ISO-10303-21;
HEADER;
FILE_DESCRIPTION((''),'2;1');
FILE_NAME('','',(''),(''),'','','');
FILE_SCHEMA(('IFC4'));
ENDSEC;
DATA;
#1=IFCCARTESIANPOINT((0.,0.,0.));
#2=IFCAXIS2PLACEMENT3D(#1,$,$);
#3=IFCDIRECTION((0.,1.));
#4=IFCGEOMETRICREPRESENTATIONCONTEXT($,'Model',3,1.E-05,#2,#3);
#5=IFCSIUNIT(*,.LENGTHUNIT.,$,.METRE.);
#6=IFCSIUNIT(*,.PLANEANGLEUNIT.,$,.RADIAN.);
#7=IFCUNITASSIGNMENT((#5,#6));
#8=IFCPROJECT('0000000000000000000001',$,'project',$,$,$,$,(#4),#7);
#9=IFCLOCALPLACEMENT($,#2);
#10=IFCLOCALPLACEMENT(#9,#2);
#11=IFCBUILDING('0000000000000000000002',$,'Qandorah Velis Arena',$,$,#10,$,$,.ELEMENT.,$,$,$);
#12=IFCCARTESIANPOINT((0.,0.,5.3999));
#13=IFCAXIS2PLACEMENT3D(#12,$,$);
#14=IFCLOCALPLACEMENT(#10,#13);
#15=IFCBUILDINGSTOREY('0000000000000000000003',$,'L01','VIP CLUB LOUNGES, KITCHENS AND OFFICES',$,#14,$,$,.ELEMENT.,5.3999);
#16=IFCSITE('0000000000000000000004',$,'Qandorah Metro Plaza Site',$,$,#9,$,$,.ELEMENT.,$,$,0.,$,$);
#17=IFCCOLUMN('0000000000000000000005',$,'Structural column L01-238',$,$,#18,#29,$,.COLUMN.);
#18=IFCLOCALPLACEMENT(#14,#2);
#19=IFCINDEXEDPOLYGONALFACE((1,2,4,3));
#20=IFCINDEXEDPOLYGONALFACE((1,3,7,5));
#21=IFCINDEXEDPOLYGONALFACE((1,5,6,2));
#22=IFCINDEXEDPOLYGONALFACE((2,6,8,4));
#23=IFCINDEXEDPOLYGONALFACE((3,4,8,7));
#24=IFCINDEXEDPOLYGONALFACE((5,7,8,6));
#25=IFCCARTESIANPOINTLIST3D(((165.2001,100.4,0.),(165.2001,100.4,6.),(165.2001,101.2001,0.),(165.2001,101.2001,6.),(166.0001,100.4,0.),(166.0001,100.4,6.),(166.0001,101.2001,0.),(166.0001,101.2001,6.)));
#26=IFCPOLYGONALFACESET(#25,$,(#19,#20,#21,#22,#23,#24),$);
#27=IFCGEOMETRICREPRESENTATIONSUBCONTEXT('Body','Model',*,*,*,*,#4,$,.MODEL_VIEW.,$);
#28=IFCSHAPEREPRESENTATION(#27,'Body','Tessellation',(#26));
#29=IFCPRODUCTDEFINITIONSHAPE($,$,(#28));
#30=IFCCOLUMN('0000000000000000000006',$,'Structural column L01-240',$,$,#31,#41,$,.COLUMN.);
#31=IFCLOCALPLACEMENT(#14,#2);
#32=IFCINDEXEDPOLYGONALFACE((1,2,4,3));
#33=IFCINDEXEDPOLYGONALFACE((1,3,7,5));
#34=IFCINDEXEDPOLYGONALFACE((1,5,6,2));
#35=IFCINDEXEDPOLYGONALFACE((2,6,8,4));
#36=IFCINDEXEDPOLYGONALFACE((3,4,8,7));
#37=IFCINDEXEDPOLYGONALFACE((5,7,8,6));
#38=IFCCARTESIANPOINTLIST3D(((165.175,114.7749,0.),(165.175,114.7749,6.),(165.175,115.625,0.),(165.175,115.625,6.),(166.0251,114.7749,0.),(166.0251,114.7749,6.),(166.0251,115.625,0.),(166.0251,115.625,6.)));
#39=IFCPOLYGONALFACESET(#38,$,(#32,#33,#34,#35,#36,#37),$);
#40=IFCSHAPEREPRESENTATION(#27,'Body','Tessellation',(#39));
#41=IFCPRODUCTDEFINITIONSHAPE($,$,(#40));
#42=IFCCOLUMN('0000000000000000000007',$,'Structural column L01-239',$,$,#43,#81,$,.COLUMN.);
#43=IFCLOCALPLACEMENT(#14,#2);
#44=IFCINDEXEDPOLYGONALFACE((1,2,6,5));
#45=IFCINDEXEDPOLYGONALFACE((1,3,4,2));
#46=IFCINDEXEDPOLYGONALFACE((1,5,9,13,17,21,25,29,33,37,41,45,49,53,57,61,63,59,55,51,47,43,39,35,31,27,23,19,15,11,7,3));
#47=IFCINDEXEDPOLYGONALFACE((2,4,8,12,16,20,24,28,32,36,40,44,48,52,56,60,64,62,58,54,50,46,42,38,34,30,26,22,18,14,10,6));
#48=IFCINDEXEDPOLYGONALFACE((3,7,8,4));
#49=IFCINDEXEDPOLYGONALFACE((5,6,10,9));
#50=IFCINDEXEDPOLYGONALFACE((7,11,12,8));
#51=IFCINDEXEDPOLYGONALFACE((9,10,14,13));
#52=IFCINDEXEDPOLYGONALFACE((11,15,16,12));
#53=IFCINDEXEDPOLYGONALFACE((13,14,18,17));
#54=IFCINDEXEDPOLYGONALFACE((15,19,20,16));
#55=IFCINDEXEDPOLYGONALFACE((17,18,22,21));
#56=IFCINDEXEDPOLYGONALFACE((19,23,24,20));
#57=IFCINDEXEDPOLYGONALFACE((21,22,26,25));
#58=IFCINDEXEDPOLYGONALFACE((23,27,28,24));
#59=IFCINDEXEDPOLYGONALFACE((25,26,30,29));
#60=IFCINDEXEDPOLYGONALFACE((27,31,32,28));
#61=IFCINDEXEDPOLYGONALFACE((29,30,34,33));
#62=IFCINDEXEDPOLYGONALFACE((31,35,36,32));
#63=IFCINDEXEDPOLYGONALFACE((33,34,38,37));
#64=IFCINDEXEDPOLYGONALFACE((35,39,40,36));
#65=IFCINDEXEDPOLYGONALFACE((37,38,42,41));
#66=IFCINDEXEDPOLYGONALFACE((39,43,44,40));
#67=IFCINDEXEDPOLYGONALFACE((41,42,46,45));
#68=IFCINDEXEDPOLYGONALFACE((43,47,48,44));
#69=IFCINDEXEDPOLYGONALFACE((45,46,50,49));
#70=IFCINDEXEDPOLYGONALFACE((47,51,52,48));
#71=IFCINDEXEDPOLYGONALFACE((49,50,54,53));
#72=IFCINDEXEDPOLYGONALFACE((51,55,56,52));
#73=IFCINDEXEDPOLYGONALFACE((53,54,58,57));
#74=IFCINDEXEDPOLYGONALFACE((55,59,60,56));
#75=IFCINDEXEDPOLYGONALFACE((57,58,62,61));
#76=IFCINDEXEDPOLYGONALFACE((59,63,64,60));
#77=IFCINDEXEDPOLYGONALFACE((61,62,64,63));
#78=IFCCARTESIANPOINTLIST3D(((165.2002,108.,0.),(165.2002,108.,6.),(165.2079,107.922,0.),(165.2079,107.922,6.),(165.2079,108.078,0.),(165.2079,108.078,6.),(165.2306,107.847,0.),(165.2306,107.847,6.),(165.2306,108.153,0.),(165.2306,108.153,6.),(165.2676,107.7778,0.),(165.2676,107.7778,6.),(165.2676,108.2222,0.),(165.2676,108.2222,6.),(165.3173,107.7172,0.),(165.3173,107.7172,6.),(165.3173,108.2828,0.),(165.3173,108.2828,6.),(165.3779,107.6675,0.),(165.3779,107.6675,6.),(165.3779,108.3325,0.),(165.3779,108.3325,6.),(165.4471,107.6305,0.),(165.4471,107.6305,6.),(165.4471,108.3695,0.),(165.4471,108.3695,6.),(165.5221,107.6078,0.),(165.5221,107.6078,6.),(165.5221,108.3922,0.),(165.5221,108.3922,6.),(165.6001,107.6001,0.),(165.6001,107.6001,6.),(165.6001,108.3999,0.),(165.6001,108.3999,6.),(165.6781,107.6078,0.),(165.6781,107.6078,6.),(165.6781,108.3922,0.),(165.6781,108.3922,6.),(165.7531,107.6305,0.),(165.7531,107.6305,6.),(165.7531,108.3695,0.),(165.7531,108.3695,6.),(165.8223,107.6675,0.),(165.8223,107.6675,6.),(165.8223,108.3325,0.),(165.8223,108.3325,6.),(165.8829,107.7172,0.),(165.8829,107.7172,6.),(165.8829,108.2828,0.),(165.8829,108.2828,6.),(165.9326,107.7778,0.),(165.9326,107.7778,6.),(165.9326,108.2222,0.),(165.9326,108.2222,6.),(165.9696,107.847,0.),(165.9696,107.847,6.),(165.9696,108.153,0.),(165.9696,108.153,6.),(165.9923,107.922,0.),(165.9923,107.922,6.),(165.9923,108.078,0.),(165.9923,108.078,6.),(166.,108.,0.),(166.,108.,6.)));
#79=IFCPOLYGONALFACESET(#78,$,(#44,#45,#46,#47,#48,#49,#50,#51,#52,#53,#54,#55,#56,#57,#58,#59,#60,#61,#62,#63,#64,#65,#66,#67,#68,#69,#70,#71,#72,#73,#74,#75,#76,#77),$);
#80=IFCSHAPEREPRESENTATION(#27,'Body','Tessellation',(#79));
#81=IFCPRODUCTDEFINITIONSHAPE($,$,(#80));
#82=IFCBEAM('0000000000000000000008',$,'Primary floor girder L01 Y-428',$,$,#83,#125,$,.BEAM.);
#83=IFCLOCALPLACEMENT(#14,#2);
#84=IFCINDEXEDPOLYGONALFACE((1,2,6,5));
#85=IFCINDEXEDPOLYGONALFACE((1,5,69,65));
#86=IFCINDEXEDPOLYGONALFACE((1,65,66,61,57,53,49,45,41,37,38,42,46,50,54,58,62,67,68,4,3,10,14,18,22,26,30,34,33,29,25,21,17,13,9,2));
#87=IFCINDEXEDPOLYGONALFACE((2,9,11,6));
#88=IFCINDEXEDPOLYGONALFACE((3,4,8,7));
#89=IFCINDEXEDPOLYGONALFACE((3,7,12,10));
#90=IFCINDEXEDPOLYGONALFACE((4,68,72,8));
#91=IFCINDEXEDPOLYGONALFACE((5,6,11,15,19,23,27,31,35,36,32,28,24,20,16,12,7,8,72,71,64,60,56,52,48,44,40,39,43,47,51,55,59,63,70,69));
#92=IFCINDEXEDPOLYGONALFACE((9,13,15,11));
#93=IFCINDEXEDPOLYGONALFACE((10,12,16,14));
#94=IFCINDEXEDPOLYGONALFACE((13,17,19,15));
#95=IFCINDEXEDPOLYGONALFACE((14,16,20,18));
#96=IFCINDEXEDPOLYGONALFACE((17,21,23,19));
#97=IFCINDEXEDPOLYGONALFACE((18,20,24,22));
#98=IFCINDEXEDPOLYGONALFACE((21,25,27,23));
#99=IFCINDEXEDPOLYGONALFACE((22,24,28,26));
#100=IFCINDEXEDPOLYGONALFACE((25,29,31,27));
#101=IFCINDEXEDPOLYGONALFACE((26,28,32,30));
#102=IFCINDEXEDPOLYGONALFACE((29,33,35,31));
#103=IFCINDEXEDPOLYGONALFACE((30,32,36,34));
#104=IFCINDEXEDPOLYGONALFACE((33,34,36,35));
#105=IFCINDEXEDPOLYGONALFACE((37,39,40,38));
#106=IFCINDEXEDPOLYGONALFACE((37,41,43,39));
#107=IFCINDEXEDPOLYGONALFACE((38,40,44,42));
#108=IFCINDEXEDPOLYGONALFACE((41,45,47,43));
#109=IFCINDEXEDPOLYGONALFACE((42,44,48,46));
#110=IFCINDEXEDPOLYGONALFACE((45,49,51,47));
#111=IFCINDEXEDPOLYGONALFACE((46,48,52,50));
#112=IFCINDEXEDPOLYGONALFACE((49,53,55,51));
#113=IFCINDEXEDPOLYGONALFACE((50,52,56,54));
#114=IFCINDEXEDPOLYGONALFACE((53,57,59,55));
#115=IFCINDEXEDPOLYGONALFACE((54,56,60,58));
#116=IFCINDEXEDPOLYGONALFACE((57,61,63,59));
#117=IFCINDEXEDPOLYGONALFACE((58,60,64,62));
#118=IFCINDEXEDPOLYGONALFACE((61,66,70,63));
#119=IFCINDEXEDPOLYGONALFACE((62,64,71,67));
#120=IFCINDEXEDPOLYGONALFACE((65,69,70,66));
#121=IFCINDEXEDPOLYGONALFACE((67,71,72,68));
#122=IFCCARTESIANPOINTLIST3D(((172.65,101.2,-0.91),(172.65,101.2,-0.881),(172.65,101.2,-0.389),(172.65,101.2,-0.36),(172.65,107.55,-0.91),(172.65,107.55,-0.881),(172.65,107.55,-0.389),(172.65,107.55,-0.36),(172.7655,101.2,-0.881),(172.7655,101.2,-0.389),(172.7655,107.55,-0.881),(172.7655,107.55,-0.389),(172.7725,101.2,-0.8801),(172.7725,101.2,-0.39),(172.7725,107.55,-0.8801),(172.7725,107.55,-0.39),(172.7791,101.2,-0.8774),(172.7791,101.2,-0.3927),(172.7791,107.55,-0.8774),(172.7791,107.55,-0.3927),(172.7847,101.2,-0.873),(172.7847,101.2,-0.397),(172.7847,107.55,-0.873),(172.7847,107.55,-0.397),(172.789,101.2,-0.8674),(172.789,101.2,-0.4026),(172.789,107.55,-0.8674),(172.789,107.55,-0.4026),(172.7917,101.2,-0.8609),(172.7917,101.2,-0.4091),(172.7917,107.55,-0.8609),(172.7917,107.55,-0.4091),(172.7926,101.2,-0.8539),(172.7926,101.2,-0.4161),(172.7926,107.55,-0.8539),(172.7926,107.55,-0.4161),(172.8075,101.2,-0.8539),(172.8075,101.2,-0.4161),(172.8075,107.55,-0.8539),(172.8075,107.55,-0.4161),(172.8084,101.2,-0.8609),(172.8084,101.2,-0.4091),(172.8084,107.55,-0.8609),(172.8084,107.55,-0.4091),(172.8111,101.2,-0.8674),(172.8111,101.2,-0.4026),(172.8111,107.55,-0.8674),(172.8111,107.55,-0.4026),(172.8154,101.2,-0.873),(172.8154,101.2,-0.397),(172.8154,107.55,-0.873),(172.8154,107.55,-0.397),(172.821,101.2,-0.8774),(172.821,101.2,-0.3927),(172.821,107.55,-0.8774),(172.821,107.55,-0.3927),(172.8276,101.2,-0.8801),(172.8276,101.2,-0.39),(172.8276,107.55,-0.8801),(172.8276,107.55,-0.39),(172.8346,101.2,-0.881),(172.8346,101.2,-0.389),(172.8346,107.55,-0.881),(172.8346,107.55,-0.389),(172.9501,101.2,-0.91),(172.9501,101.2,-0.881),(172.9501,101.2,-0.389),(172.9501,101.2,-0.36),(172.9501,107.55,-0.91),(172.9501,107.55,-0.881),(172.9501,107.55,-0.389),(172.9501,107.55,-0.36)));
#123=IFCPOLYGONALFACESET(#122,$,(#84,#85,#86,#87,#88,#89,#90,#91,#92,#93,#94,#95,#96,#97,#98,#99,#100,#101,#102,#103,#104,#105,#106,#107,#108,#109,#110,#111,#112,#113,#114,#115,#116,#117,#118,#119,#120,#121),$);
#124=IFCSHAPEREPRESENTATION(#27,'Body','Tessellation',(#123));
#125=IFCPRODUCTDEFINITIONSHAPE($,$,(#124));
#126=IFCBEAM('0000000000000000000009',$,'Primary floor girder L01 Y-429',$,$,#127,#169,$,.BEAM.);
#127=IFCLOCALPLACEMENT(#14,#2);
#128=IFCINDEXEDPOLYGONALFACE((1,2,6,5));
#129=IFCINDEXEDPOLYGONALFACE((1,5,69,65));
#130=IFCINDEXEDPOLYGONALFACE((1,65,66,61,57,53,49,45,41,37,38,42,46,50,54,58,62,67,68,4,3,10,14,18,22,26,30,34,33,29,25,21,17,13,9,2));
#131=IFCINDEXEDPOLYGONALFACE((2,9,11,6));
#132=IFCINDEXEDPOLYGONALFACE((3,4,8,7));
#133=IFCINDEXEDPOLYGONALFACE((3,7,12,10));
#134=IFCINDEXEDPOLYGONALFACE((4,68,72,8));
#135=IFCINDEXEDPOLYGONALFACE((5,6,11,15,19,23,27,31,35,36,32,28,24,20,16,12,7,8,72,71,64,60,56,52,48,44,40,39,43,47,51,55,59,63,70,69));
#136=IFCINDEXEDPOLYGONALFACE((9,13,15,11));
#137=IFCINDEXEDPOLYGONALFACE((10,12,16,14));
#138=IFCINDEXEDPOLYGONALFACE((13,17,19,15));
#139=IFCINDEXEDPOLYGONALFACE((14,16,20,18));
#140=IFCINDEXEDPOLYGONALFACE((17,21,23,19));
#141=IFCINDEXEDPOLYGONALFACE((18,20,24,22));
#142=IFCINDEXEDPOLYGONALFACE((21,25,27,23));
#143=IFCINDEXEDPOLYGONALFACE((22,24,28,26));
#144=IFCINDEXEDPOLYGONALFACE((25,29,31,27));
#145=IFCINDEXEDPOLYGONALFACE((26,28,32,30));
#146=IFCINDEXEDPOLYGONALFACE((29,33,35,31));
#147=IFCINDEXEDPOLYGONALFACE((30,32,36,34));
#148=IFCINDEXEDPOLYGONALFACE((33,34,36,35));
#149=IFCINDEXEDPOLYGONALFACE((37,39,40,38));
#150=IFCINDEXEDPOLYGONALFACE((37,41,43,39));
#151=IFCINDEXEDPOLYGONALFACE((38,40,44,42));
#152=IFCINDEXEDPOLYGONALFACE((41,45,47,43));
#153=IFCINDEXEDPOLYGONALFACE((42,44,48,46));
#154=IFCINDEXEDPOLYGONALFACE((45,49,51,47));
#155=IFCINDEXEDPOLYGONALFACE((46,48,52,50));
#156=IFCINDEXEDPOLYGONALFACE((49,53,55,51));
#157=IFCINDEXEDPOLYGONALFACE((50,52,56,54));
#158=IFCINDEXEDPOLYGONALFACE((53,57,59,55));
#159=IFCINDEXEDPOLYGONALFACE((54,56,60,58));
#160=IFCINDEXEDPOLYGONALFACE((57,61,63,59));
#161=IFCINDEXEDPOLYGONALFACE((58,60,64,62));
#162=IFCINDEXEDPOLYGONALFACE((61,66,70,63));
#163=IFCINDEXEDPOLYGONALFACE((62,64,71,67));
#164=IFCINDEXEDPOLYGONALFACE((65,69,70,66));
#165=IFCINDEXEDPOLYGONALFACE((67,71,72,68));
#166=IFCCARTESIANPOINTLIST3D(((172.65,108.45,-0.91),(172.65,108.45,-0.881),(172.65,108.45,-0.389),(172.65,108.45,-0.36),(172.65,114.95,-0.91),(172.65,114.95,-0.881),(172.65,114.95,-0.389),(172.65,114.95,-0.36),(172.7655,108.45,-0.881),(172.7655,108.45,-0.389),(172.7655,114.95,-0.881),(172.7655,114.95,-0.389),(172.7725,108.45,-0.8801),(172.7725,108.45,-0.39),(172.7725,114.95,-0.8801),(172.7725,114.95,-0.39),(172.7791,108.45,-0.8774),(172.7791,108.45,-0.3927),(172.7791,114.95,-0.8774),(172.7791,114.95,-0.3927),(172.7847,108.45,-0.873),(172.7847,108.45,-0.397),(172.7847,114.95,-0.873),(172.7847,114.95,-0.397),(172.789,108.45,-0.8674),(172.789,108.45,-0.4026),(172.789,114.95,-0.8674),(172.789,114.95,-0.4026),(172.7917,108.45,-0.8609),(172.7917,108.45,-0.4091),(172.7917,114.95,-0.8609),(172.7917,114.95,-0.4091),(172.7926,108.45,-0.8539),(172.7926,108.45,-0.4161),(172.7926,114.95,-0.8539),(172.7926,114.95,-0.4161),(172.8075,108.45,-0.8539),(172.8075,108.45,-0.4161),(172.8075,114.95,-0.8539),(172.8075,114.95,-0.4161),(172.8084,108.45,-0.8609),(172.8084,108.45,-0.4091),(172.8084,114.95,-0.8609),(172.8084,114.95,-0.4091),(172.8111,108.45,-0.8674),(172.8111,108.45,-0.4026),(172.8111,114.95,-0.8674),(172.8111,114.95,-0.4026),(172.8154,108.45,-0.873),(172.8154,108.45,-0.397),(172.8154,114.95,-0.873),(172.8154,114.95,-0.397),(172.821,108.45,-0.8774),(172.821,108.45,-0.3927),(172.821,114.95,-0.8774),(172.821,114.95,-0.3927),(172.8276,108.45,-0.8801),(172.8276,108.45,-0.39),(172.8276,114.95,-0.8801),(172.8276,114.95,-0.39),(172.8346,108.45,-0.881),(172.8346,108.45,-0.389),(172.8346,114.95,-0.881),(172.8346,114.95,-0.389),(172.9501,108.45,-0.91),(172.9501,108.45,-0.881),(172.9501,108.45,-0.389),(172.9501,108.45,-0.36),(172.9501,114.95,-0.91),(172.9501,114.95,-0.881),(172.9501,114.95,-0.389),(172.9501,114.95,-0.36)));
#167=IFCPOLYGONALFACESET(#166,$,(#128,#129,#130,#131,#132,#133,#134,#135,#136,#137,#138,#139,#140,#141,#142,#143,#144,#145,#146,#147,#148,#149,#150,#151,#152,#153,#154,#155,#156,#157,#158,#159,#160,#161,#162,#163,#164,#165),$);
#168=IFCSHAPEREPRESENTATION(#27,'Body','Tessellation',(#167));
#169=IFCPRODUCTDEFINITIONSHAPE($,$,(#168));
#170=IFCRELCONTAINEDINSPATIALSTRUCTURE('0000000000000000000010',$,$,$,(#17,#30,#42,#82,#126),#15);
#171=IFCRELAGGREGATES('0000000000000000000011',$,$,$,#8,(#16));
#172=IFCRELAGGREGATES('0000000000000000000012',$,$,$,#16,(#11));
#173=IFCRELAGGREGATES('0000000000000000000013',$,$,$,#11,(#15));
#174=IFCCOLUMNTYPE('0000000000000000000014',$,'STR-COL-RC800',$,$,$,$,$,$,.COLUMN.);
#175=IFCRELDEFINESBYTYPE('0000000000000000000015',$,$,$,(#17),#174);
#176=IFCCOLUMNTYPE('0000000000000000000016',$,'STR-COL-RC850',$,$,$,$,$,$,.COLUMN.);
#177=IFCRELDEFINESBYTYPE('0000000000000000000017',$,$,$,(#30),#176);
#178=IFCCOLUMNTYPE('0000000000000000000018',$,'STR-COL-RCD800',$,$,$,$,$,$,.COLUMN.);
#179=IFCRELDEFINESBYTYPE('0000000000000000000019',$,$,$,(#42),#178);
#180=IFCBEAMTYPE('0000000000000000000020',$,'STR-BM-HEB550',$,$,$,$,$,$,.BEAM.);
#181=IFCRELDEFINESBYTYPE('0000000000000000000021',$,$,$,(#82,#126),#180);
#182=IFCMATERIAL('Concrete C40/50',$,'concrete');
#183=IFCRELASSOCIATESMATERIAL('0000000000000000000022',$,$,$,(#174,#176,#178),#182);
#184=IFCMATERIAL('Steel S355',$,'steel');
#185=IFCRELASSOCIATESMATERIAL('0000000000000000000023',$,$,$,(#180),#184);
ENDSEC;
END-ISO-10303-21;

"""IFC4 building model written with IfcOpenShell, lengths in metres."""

from ifc_helpers import new_model, si_unit, direction, frame, origin, origin_2d, place, context, subcontext, project, spatial, rectangle, circle, i_section, extrude, material, material_profile, profile_set, type_object, element, save


model = new_model("IFC4")

# Units and contexts
model_context = context("Model", 3, precision=1e-05, world=origin(), true_north=direction((0.0, 1.0)))
body_context = subcontext(model_context, "Body", "Model", "MODEL_VIEW")
ifc_project = project(units=[si_unit("LENGTHUNIT", "METRE"), si_unit("PLANEANGLEUNIT", "RADIAN")], contexts=[model_context])

# Site, building, storey
site_placement = place(None, origin())
site = spatial("IfcSite", under=ifc_project, at=site_placement, Name="Qandorah Metro Plaza Site", CompositionType="ELEMENT", RefElevation=0.0)
building_placement = place(site_placement, origin())
building = spatial("IfcBuilding", under=site, at=building_placement, Name="Qandorah Velis Arena", CompositionType="ELEMENT")
storey_placement = place(building_placement, frame((0.0, 0.0, 5.3999)))
storey = spatial("IfcBuildingStorey", under=building, at=storey_placement, Name="L01", Description="VIP CLUB LOUNGES, KITCHENS AND OFFICES", CompositionType="ELEMENT", Elevation=5.3999)

# Columns
ifc_material_1 = material(Name="Concrete C40/50", Category="concrete")
ifc_material_profile_1 = material_profile(ifc_material_1, rectangle(XDim=0.8, YDim=0.8, at=origin_2d()), Name="RC COL 800x800")
ifc_profile_set_1 = profile_set([ifc_material_profile_1], Name="Concrete C40/50")
column_type_1 = type_object("IfcColumnType", Name="STR-COL-RC800", PredefinedType="COLUMN", material=ifc_profile_set_1)
column_1_placement = place(storey_placement, frame((165.6001, 100.8, 0.0), z_axis=(0.0, 0.0, 1.0), x_axis=(1.0, 0.0, 0.0)))
element("IfcColumn", 1, at=column_1_placement, inside=storey, type_object=column_type_1, Name="Structural column L01-238", PredefinedType="COLUMN", context=body_context, shape_type="SweptSolid", body=[
    extrude(rectangle(XDim=0.8, YDim=0.8, at=origin_2d()), origin(), (0.0, 0.0, 1.0), 6.0),
])
ifc_material_profile_2 = material_profile(ifc_material_1, rectangle(XDim=0.8501, YDim=0.8501, at=origin_2d()), Name="RC COL 850x850")
ifc_profile_set_2 = profile_set([ifc_material_profile_2], Name="Concrete C40/50")
column_type_2 = type_object("IfcColumnType", Name="STR-COL-RC850", PredefinedType="COLUMN", material=ifc_profile_set_2)
column_2_placement = place(storey_placement, frame((165.6001, 115.2, 0.0), z_axis=(0.0, 0.0, 1.0), x_axis=(1.0, 0.0, 0.0)))
element("IfcColumn", 2, at=column_2_placement, inside=storey, type_object=column_type_2, Name="Structural column L01-240", PredefinedType="COLUMN", context=body_context, shape_type="SweptSolid", body=[
    extrude(rectangle(XDim=0.8501, YDim=0.8501, at=origin_2d()), origin(), (0.0, 0.0, 1.0), 6.0),
])
ifc_material_profile_3 = material_profile(ifc_material_1, circle(Radius=0.3999, at=origin_2d()), Name="RC D800")
ifc_profile_set_3 = profile_set([ifc_material_profile_3], Name="Concrete C40/50")
column_type_3 = type_object("IfcColumnType", Name="STR-COL-RCD800", PredefinedType="COLUMN", material=ifc_profile_set_3)
column_3_placement = place(storey_placement, frame((165.6001, 108.0, 0.0), z_axis=(0.0, 0.0, 1.0), x_axis=(1.0, 0.0, 0.0)))
element("IfcColumn", 3, at=column_3_placement, inside=storey, type_object=column_type_3, Name="Structural column L01-239", PredefinedType="COLUMN", context=body_context, shape_type="SweptSolid", body=[
    extrude(circle(Radius=0.3999, at=origin_2d()), origin(), (0.0, 0.0, 1.0), 6.0),
])

# Beams
ifc_material_2 = material(Name="Steel S355", Category="steel")
ifc_material_profile_4 = material_profile(ifc_material_2, i_section(OverallWidth=0.3, OverallDepth=0.55, WebThickness=0.0149, FlangeThickness=0.0291, FilletRadius=0.0271, at=origin_2d()), Name="HEB 550")
ifc_profile_set_4 = profile_set([ifc_material_profile_4], Name="Steel S355")
beam_type_1 = type_object("IfcBeamType", Name="STR-BM-HEB550", PredefinedType="BEAM", material=ifc_profile_set_4)
beam_1_placement = place(storey_placement, frame((172.8, 101.2, -0.635), z_axis=(0.0, 1.0, 0.0), x_axis=(-1.0, 0.0, 0.0)))
element("IfcBeam", 4, at=beam_1_placement, inside=storey, type_object=beam_type_1, Name="Primary floor girder L01 Y-428", PredefinedType="BEAM", context=body_context, shape_type="SweptSolid", body=[
    extrude(i_section(OverallWidth=0.3, OverallDepth=0.55, WebThickness=0.0149, FlangeThickness=0.0291, FilletRadius=0.0271, at=origin_2d()), origin(), (0.0, 0.0, 1.0), 6.3501),
])
beam_2_placement = place(storey_placement, frame((172.8, 108.45, -0.635), z_axis=(0.0, 1.0, 0.0), x_axis=(-1.0, 0.0, 0.0)))
element("IfcBeam", 5, at=beam_2_placement, inside=storey, type_object=beam_type_1, Name="Primary floor girder L01 Y-429", PredefinedType="BEAM", context=body_context, shape_type="SweptSolid", body=[
    extrude(i_section(OverallWidth=0.3, OverallDepth=0.55, WebThickness=0.0149, FlangeThickness=0.0291, FilletRadius=0.0271, at=origin_2d()), origin(), (0.0, 0.0, 1.0), 6.5),
])

save(model, "model.ifc")
